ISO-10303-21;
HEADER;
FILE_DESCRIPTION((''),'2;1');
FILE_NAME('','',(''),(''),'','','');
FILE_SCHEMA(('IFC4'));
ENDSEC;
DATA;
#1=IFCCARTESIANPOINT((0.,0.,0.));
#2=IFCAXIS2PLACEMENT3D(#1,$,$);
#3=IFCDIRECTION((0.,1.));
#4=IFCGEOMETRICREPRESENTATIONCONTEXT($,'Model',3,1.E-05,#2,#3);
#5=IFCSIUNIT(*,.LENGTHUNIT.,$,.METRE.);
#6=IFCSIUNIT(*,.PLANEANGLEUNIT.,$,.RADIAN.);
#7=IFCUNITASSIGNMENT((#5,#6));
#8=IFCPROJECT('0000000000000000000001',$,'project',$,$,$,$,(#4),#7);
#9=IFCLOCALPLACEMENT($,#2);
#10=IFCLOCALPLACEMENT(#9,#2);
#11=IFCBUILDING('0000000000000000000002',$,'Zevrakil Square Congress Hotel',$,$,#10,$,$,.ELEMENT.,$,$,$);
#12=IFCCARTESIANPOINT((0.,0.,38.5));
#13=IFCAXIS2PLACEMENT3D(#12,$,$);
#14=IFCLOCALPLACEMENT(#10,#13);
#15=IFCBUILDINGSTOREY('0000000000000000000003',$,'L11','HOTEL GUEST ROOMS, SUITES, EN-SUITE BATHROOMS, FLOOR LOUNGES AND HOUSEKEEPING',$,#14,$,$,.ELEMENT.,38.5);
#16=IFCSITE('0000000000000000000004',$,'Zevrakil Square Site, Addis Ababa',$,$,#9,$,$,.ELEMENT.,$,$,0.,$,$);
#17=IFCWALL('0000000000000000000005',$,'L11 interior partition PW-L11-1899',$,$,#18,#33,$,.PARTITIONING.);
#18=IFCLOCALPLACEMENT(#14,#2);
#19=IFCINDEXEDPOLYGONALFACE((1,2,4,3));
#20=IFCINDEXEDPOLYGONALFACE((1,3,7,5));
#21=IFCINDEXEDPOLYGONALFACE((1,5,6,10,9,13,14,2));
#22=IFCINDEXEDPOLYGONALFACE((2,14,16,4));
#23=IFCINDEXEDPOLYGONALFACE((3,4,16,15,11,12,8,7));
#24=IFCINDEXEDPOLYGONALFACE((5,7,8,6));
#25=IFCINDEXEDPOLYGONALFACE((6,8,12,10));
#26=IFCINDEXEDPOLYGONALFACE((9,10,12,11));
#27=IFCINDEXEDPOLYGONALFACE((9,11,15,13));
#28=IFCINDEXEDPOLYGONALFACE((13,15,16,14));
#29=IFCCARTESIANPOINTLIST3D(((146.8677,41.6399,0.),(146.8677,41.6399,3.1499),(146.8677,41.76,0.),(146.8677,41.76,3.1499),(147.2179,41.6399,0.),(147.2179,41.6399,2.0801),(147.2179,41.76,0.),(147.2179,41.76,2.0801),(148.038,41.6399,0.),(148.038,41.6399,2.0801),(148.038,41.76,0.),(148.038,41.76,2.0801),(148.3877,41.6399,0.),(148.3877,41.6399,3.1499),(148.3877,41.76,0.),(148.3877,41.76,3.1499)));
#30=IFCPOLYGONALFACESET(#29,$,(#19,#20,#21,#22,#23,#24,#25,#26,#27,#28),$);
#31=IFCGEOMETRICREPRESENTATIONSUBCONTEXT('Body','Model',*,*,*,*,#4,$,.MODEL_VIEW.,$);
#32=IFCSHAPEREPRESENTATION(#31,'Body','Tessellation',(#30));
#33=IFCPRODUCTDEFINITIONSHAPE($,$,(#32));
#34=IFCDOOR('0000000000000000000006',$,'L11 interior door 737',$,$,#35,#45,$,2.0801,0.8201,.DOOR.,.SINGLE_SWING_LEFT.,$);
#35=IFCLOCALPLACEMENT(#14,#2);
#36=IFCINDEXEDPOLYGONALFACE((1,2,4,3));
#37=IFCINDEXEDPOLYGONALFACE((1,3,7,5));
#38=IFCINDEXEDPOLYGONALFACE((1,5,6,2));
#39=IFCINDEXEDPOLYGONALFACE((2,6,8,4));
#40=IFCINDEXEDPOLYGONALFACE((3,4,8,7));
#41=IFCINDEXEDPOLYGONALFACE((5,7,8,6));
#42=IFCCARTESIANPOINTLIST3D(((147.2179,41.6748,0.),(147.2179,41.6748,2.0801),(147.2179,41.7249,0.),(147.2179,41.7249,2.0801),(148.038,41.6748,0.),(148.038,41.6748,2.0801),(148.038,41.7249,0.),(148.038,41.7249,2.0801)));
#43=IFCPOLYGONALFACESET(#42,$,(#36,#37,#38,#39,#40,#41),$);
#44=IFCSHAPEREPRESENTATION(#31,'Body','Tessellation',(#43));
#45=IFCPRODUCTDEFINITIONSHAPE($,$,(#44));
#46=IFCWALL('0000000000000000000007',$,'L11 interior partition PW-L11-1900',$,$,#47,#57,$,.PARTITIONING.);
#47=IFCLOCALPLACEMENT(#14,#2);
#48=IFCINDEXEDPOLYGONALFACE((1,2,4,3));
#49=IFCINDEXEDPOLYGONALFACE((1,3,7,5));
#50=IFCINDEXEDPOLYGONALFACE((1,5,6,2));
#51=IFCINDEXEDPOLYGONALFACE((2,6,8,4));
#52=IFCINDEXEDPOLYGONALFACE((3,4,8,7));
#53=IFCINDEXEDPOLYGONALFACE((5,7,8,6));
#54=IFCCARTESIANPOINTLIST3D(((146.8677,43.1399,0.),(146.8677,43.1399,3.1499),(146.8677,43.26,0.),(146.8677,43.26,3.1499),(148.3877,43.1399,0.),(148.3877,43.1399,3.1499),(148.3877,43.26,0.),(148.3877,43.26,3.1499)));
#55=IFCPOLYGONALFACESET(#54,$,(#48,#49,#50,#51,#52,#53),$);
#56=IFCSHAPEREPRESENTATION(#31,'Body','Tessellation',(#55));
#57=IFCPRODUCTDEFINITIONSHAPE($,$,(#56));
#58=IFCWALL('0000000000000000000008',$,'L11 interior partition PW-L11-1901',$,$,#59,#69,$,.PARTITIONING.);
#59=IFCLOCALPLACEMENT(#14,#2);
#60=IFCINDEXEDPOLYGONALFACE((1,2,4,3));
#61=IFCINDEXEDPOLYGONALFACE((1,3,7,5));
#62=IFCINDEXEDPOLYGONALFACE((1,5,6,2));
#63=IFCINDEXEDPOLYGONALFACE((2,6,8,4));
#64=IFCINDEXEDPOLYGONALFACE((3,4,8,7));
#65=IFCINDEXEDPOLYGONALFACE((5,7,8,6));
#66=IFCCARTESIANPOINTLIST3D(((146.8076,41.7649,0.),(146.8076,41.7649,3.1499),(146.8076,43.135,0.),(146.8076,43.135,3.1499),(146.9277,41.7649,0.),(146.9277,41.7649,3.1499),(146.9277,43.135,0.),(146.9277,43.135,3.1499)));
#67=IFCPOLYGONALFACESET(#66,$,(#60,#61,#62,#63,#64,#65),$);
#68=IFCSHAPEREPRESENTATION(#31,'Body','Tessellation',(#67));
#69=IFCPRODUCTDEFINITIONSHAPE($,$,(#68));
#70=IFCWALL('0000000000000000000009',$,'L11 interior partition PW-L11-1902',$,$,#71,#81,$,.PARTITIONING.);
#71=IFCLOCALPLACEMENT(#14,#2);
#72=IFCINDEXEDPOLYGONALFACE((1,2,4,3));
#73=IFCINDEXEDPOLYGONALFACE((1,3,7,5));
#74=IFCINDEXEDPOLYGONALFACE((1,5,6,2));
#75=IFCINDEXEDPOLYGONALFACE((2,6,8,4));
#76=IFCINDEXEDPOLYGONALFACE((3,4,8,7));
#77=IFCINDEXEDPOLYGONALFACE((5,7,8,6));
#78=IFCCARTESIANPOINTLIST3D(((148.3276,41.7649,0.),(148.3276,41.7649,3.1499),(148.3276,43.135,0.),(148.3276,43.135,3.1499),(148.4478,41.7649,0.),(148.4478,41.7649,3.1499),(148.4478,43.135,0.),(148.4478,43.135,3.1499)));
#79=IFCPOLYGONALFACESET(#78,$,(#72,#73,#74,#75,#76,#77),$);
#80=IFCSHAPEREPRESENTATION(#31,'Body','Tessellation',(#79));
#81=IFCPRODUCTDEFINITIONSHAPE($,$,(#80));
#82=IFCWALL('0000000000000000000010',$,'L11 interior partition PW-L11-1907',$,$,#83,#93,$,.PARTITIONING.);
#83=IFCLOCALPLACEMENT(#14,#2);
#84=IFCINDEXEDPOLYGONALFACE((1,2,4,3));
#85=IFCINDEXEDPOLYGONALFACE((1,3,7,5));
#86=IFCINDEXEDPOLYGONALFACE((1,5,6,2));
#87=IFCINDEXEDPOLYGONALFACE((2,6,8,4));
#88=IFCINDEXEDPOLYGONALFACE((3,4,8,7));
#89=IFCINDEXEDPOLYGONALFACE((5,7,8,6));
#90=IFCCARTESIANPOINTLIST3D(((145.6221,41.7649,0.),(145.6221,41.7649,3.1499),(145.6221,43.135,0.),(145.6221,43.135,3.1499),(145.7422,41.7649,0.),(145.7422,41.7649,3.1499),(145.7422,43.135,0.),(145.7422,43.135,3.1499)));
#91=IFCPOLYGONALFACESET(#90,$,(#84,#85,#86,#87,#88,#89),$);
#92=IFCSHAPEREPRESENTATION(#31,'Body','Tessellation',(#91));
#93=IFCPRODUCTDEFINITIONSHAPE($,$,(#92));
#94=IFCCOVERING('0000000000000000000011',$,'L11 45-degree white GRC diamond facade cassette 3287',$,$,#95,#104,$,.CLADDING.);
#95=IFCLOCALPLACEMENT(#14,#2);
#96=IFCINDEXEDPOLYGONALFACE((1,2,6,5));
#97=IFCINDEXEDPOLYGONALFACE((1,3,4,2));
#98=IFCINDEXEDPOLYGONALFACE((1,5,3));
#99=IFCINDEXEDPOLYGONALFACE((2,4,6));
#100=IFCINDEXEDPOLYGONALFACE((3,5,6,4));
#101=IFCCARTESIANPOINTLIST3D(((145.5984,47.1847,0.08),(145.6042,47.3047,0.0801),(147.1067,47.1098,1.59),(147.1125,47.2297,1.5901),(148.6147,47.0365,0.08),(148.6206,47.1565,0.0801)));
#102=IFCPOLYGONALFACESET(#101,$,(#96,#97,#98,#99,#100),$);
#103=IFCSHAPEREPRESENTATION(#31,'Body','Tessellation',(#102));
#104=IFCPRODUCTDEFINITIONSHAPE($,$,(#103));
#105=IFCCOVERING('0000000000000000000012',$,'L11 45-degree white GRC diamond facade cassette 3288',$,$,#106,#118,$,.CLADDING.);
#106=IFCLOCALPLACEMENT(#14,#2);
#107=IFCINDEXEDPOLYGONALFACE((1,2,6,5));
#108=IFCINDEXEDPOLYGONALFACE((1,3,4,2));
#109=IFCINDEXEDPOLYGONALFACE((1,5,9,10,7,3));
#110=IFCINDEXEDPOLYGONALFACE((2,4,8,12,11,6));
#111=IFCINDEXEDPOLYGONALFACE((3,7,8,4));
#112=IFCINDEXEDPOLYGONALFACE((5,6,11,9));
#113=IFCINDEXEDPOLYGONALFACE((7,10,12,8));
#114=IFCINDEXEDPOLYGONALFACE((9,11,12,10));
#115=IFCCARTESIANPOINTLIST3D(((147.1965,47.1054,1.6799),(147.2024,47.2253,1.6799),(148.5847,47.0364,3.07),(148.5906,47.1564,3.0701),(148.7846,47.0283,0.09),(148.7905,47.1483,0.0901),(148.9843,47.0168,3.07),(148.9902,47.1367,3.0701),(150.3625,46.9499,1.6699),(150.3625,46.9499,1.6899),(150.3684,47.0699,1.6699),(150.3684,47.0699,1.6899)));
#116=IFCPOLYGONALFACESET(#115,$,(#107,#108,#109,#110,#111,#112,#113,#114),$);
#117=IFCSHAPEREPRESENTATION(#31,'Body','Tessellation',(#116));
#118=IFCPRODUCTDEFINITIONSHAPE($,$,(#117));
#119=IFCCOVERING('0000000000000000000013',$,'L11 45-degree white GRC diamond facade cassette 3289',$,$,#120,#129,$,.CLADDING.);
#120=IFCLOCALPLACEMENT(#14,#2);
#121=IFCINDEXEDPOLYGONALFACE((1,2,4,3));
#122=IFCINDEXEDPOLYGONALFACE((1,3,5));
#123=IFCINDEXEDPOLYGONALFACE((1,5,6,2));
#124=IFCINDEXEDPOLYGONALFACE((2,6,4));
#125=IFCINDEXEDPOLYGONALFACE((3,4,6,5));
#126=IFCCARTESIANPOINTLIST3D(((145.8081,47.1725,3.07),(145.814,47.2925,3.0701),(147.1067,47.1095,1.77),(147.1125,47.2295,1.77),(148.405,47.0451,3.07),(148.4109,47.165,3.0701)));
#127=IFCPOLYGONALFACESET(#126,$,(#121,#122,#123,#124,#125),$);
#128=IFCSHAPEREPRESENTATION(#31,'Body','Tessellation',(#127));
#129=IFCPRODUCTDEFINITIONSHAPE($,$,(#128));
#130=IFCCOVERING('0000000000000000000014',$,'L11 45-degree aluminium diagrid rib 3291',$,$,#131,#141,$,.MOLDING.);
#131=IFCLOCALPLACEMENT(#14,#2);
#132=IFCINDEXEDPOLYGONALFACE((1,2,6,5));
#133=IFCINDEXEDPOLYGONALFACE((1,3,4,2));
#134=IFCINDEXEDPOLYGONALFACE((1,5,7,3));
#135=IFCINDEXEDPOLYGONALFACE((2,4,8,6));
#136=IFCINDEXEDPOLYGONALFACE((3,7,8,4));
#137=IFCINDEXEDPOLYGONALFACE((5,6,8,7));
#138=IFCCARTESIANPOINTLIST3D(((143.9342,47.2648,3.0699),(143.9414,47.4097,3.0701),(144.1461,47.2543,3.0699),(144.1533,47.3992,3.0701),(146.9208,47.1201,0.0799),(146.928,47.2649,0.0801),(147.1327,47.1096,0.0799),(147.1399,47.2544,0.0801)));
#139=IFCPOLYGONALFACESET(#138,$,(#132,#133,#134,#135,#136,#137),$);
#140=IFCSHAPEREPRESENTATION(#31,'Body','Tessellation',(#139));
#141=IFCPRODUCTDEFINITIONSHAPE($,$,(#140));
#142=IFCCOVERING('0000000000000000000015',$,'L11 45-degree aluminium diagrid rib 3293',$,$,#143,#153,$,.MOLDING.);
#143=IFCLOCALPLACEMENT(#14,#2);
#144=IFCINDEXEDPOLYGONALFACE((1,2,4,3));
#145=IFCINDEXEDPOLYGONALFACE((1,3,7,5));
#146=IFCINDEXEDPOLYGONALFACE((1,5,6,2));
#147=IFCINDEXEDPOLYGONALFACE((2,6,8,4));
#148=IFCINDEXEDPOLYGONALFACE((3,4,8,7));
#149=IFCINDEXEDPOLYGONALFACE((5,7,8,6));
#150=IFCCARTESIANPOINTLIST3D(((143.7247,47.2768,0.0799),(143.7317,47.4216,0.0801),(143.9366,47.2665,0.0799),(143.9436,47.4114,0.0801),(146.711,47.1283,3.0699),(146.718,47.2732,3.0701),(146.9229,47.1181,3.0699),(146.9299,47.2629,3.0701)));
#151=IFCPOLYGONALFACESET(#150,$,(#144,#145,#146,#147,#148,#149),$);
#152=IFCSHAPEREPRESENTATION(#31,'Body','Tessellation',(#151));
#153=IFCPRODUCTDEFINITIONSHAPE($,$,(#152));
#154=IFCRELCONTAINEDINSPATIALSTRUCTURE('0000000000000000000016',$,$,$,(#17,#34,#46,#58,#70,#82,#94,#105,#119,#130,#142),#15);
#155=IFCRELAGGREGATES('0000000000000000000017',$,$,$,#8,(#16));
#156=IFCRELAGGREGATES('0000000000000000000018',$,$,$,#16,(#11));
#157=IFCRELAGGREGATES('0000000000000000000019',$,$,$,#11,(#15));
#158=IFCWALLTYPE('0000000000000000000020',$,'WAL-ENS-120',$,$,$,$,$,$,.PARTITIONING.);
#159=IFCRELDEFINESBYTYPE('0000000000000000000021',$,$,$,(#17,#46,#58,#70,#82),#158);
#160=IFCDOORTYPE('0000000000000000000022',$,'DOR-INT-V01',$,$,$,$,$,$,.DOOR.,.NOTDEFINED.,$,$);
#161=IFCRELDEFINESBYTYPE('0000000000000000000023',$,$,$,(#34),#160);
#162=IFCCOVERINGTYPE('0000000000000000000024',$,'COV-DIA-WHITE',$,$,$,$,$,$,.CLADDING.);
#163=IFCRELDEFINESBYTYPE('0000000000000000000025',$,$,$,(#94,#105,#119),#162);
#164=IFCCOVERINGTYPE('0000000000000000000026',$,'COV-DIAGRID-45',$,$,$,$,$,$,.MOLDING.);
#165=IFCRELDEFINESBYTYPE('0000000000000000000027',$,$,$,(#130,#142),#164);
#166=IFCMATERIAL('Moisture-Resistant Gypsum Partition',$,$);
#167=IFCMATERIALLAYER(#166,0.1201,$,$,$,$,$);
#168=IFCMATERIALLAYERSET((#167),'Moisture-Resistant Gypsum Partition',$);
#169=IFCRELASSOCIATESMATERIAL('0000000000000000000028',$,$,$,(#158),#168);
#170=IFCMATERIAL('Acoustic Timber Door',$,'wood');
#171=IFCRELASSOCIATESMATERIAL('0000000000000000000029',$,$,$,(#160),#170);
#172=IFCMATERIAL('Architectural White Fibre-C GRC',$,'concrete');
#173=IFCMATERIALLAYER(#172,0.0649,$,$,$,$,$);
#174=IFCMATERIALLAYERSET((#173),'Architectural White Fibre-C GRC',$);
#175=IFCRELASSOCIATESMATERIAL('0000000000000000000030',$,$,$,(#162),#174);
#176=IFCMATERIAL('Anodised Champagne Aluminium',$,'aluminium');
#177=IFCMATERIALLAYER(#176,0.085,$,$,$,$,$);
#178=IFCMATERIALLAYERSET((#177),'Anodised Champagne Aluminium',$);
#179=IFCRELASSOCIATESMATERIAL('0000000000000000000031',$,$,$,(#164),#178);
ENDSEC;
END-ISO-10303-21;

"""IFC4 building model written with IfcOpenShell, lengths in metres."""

from ifc_helpers import new_model, si_unit, direction, frame, frame_2d, origin, place, context, subcontext, project, spatial, polyline, rectangle, outline, extrude, material, layer, layer_set, type_object, element, fill, save


model = new_model("IFC4")

# Units and contexts
model_context = context("Model", 3, precision=1e-05, world=origin(), true_north=direction((0.0, 1.0)))
body_context = subcontext(model_context, "Body", "Model", "MODEL_VIEW")
ifc_project = project(units=[si_unit("LENGTHUNIT", "METRE"), si_unit("PLANEANGLEUNIT", "RADIAN")], contexts=[model_context])

# Site, building, storey
site_placement = place(None, origin())
site = spatial("IfcSite", under=ifc_project, at=site_placement, Name="Zevrakil Square Site, Addis Ababa", CompositionType="ELEMENT", RefElevation=0.0)
building_placement = place(site_placement, origin())
building = spatial("IfcBuilding", under=site, at=building_placement, Name="Zevrakil Square Congress Hotel", CompositionType="ELEMENT")
storey_placement = place(building_placement, frame((0.0, 0.0, 38.5)))
storey = spatial("IfcBuildingStorey", under=building, at=storey_placement, Name="L11", Description="HOTEL GUEST ROOMS, SUITES, EN-SUITE BATHROOMS, FLOOR LOUNGES AND HOUSEKEEPING", CompositionType="ELEMENT", Elevation=38.5)

# Wall, opening, door
ifc_material_1 = material(Name="Moisture-Resistant Gypsum Partition")
ifc_layer_1 = layer(ifc_material_1, 0.1201)
ifc_layer_set_1 = layer_set([ifc_layer_1], Name="Moisture-Resistant Gypsum Partition")
wall_type_1 = type_object("IfcWallType", Name="WAL-ENS-120", PredefinedType="PARTITIONING", material=ifc_layer_set_1)
wall_1_placement = place(storey_placement, frame((146.8677, 41.7, 0.0), z_axis=(0.0, 0.0, 1.0), x_axis=(1.0, 0.0, 0.0)))
wall_1 = element("IfcWall", 1, at=wall_1_placement, inside=storey, type_object=wall_type_1, Name="L11 interior partition PW-L11-1899", PredefinedType="PARTITIONING", context=body_context, shape_type="SweptSolid", body=[
    extrude(rectangle(XDim=1.52, YDim=0.1201, at=frame_2d((0.76, 0.0))), origin(), (0.0, 0.0, 1.0), 3.1499),
])
opening_1_placement = place(wall_1_placement, frame((0.3501, 0.0, 0.0)))
opening_1 = element("IfcOpeningElement", 2, at=opening_1_placement, cuts=wall_1, PredefinedType="OPENING", context=body_context, shape_type="SweptSolid", body=[
    extrude(rectangle(XDim=0.8201, YDim=2.0801, at=frame_2d((0.4102, 1.04))), frame((0.0, 0.0701, 0.0), z_axis=(0.0, -1.0, 0.0), x_axis=(1.0, 0.0, 0.0)), (0.0, 0.0, 1.0), 0.1401),
])
ifc_material_2 = material(Name="Acoustic Timber Door", Category="wood")
door_type_1 = type_object("IfcDoorType", Name="DOR-INT-V01", OperationType="NOTDEFINED", PredefinedType="DOOR", material=ifc_material_2)
door_1_placement = place(opening_1_placement, origin())
door_1 = element("IfcDoor", 3, at=door_1_placement, inside=storey, type_object=door_type_1, Name="L11 interior door 737", OperationType="SINGLE_SWING_LEFT", OverallHeight=2.0801, OverallWidth=0.8201, PredefinedType="DOOR", context=body_context, shape_type="SweptSolid", body=[
    extrude(rectangle(XDim=0.8201, YDim=2.0801, at=frame_2d((0.4102, 1.04))), frame((0.0, 0.0249, 0.0), z_axis=(0.0, -1.0, 0.0), x_axis=(1.0, 0.0, 0.0)), (0.0, 0.0, 1.0), 0.05),
])
fill(opening_1, door_1)

# Walls
wall_2_placement = place(storey_placement, frame((146.8677, 43.2, 0.0), z_axis=(0.0, 0.0, 1.0), x_axis=(1.0, 0.0, 0.0)))
element("IfcWall", 4, at=wall_2_placement, inside=storey, type_object=wall_type_1, Name="L11 interior partition PW-L11-1900", PredefinedType="PARTITIONING", context=body_context, shape_type="SweptSolid", body=[
    extrude(rectangle(XDim=1.52, YDim=0.1201, at=frame_2d((0.76, 0.0))), origin(), (0.0, 0.0, 1.0), 3.1499),
])
for number, where, z_axis, x_axis, name in (
    (5, (146.8677, 41.7649, 0.0), (0.0, 0.0, 1.0), (0.0, 1.0, 0.0), "L11 interior partition PW-L11-1901"),
    (6, (148.3877, 41.7649, 0.0), (0.0, 0.0, 1.0), (0.0, 1.0, 0.0), "L11 interior partition PW-L11-1902"),
    (7, (145.6821, 41.7649, 0.0), (0.0, 0.0, 1.0), (0.0, 1.0, 0.0), "L11 interior partition PW-L11-1907"),
):
    element("IfcWall", number, at=place(storey_placement, frame(where, z_axis=z_axis, x_axis=x_axis)), inside=storey, type_object=wall_type_1, Name=name, PredefinedType="PARTITIONING", context=body_context, shape_type="SweptSolid", body=[
        extrude(rectangle(XDim=1.3701, YDim=0.1201, at=frame_2d((0.6851, 0.0))), origin(), (0.0, 0.0, 1.0), 3.1499),
    ])

# Coverings
ifc_material_3 = material(Name="Architectural White Fibre-C GRC", Category="concrete")
ifc_layer_2 = layer(ifc_material_3, 0.0649)
ifc_layer_set_2 = layer_set([ifc_layer_2], Name="Architectural White Fibre-C GRC")
covering_type_1 = type_object("IfcCoveringType", Name="COV-DIA-WHITE", PredefinedType="CLADDING", material=ifc_layer_set_2)
covering_1_placement = place(storey_placement, frame((147.1125, 47.2297, 1.5901), z_axis=(0.049071, 0.998795, 0.000561), x_axis=(-0.706271, 0.035096, -0.707071)))
element("IfcCovering", 8, at=covering_1_placement, inside=storey, type_object=covering_type_1, Name="L11 45-degree white GRC diamond facade cassette 3287", PredefinedType="CLADDING", context=body_context, shape_type="SweptSolid", body=[
    extrude(outline(polyline([(0.0, 0.0), (2.1356, 0.0), (0.0, -2.1354), (0.0, 0.0)])), origin(), (0.0, 0.0, -1.0), 0.1201),
])
covering_2_placement = place(storey_placement, frame((147.2024, 47.2253, 1.6799), z_axis=(0.049048, 0.998796, 0.000575), x_axis=(0.706312, -0.034278, -0.70707)))
element("IfcCovering", 9, at=covering_2_placement, inside=storey, type_object=covering_type_1, Name="L11 45-degree white GRC diamond facade cassette 3288", PredefinedType="CLADDING", context=body_context, shape_type="SweptSolid", body=[
    extrude(outline(polyline([(0.0, 0.0), (2.2485, 0.0), (2.2486, -2.2342), (2.2344, -2.2484), (0.2829, -2.2487), (-0.0001, -1.9658), (0.0, 0.0)])), origin(), (0.0, 0.0, -1.0), 0.1201),
])
covering_3_placement = place(storey_placement, frame((147.1125, 47.2295, 1.77), z_axis=(0.049015, 0.998798, 0.000567), x_axis=(0.706207, -0.035058, 0.707137)))
element("IfcCovering", 10, at=covering_3_placement, inside=storey, type_object=covering_type_1, Name="L11 45-degree white GRC diamond facade cassette 3289", PredefinedType="CLADDING", context=body_context, shape_type="SweptSolid", body=[
    extrude(outline(polyline([(0.0, 0.0), (1.8385, 0.0), (0.0, -1.8386), (0.0, 0.0)])), origin(), (0.0, 0.0, -1.0), 0.1201),
])
ifc_material_4 = material(Name="Anodised Champagne Aluminium", Category="aluminium")
ifc_layer_3 = layer(ifc_material_4, 0.085)
ifc_layer_set_3 = layer_set([ifc_layer_3], Name="Anodised Champagne Aluminium")
covering_type_2 = type_object("IfcCoveringType", Name="COV-DIAGRID-45", PredefinedType="MOLDING", material=ifc_layer_set_3)
covering_4_placement = place(storey_placement, frame((146.928, 47.2649, 0.0801), z_axis=(0.049478, 0.998775, 0.001061), x_axis=(0.998775, -0.049478, 0.0)))
element("IfcCovering", 11, at=covering_4_placement, inside=storey, type_object=covering_type_2, Name="L11 45-degree aluminium diagrid rib 3291", PredefinedType="MOLDING", context=body_context, shape_type="SweptSolid", body=[
    extrude(outline(polyline([(0.0, 0.0), (0.2122, 0.0), (-2.7779, -2.99), (-2.9901, -2.99), (0.0, 0.0)])), origin(), (0.0, 0.0, -1.0), 0.145),
])
covering_5_placement = place(storey_placement, frame((146.9299, 47.2629, 3.0701), z_axis=(0.048331, 0.998831, 0.001315), x_axis=(-0.998831, 0.048331, 0.0)))
element("IfcCovering", 12, at=covering_5_placement, inside=storey, type_object=covering_type_2, Name="L11 45-degree aluminium diagrid rib 3293", PredefinedType="MOLDING", context=body_context, shape_type="SweptSolid", body=[
    extrude(outline(polyline([(0.0, 0.0), (0.2122, 0.0), (3.2022, -2.99), (2.99, -2.99), (0.0, 0.0)])), origin(), (0.0, 0.0, -1.0), 0.145),
])

save(model, "model.ifc")
